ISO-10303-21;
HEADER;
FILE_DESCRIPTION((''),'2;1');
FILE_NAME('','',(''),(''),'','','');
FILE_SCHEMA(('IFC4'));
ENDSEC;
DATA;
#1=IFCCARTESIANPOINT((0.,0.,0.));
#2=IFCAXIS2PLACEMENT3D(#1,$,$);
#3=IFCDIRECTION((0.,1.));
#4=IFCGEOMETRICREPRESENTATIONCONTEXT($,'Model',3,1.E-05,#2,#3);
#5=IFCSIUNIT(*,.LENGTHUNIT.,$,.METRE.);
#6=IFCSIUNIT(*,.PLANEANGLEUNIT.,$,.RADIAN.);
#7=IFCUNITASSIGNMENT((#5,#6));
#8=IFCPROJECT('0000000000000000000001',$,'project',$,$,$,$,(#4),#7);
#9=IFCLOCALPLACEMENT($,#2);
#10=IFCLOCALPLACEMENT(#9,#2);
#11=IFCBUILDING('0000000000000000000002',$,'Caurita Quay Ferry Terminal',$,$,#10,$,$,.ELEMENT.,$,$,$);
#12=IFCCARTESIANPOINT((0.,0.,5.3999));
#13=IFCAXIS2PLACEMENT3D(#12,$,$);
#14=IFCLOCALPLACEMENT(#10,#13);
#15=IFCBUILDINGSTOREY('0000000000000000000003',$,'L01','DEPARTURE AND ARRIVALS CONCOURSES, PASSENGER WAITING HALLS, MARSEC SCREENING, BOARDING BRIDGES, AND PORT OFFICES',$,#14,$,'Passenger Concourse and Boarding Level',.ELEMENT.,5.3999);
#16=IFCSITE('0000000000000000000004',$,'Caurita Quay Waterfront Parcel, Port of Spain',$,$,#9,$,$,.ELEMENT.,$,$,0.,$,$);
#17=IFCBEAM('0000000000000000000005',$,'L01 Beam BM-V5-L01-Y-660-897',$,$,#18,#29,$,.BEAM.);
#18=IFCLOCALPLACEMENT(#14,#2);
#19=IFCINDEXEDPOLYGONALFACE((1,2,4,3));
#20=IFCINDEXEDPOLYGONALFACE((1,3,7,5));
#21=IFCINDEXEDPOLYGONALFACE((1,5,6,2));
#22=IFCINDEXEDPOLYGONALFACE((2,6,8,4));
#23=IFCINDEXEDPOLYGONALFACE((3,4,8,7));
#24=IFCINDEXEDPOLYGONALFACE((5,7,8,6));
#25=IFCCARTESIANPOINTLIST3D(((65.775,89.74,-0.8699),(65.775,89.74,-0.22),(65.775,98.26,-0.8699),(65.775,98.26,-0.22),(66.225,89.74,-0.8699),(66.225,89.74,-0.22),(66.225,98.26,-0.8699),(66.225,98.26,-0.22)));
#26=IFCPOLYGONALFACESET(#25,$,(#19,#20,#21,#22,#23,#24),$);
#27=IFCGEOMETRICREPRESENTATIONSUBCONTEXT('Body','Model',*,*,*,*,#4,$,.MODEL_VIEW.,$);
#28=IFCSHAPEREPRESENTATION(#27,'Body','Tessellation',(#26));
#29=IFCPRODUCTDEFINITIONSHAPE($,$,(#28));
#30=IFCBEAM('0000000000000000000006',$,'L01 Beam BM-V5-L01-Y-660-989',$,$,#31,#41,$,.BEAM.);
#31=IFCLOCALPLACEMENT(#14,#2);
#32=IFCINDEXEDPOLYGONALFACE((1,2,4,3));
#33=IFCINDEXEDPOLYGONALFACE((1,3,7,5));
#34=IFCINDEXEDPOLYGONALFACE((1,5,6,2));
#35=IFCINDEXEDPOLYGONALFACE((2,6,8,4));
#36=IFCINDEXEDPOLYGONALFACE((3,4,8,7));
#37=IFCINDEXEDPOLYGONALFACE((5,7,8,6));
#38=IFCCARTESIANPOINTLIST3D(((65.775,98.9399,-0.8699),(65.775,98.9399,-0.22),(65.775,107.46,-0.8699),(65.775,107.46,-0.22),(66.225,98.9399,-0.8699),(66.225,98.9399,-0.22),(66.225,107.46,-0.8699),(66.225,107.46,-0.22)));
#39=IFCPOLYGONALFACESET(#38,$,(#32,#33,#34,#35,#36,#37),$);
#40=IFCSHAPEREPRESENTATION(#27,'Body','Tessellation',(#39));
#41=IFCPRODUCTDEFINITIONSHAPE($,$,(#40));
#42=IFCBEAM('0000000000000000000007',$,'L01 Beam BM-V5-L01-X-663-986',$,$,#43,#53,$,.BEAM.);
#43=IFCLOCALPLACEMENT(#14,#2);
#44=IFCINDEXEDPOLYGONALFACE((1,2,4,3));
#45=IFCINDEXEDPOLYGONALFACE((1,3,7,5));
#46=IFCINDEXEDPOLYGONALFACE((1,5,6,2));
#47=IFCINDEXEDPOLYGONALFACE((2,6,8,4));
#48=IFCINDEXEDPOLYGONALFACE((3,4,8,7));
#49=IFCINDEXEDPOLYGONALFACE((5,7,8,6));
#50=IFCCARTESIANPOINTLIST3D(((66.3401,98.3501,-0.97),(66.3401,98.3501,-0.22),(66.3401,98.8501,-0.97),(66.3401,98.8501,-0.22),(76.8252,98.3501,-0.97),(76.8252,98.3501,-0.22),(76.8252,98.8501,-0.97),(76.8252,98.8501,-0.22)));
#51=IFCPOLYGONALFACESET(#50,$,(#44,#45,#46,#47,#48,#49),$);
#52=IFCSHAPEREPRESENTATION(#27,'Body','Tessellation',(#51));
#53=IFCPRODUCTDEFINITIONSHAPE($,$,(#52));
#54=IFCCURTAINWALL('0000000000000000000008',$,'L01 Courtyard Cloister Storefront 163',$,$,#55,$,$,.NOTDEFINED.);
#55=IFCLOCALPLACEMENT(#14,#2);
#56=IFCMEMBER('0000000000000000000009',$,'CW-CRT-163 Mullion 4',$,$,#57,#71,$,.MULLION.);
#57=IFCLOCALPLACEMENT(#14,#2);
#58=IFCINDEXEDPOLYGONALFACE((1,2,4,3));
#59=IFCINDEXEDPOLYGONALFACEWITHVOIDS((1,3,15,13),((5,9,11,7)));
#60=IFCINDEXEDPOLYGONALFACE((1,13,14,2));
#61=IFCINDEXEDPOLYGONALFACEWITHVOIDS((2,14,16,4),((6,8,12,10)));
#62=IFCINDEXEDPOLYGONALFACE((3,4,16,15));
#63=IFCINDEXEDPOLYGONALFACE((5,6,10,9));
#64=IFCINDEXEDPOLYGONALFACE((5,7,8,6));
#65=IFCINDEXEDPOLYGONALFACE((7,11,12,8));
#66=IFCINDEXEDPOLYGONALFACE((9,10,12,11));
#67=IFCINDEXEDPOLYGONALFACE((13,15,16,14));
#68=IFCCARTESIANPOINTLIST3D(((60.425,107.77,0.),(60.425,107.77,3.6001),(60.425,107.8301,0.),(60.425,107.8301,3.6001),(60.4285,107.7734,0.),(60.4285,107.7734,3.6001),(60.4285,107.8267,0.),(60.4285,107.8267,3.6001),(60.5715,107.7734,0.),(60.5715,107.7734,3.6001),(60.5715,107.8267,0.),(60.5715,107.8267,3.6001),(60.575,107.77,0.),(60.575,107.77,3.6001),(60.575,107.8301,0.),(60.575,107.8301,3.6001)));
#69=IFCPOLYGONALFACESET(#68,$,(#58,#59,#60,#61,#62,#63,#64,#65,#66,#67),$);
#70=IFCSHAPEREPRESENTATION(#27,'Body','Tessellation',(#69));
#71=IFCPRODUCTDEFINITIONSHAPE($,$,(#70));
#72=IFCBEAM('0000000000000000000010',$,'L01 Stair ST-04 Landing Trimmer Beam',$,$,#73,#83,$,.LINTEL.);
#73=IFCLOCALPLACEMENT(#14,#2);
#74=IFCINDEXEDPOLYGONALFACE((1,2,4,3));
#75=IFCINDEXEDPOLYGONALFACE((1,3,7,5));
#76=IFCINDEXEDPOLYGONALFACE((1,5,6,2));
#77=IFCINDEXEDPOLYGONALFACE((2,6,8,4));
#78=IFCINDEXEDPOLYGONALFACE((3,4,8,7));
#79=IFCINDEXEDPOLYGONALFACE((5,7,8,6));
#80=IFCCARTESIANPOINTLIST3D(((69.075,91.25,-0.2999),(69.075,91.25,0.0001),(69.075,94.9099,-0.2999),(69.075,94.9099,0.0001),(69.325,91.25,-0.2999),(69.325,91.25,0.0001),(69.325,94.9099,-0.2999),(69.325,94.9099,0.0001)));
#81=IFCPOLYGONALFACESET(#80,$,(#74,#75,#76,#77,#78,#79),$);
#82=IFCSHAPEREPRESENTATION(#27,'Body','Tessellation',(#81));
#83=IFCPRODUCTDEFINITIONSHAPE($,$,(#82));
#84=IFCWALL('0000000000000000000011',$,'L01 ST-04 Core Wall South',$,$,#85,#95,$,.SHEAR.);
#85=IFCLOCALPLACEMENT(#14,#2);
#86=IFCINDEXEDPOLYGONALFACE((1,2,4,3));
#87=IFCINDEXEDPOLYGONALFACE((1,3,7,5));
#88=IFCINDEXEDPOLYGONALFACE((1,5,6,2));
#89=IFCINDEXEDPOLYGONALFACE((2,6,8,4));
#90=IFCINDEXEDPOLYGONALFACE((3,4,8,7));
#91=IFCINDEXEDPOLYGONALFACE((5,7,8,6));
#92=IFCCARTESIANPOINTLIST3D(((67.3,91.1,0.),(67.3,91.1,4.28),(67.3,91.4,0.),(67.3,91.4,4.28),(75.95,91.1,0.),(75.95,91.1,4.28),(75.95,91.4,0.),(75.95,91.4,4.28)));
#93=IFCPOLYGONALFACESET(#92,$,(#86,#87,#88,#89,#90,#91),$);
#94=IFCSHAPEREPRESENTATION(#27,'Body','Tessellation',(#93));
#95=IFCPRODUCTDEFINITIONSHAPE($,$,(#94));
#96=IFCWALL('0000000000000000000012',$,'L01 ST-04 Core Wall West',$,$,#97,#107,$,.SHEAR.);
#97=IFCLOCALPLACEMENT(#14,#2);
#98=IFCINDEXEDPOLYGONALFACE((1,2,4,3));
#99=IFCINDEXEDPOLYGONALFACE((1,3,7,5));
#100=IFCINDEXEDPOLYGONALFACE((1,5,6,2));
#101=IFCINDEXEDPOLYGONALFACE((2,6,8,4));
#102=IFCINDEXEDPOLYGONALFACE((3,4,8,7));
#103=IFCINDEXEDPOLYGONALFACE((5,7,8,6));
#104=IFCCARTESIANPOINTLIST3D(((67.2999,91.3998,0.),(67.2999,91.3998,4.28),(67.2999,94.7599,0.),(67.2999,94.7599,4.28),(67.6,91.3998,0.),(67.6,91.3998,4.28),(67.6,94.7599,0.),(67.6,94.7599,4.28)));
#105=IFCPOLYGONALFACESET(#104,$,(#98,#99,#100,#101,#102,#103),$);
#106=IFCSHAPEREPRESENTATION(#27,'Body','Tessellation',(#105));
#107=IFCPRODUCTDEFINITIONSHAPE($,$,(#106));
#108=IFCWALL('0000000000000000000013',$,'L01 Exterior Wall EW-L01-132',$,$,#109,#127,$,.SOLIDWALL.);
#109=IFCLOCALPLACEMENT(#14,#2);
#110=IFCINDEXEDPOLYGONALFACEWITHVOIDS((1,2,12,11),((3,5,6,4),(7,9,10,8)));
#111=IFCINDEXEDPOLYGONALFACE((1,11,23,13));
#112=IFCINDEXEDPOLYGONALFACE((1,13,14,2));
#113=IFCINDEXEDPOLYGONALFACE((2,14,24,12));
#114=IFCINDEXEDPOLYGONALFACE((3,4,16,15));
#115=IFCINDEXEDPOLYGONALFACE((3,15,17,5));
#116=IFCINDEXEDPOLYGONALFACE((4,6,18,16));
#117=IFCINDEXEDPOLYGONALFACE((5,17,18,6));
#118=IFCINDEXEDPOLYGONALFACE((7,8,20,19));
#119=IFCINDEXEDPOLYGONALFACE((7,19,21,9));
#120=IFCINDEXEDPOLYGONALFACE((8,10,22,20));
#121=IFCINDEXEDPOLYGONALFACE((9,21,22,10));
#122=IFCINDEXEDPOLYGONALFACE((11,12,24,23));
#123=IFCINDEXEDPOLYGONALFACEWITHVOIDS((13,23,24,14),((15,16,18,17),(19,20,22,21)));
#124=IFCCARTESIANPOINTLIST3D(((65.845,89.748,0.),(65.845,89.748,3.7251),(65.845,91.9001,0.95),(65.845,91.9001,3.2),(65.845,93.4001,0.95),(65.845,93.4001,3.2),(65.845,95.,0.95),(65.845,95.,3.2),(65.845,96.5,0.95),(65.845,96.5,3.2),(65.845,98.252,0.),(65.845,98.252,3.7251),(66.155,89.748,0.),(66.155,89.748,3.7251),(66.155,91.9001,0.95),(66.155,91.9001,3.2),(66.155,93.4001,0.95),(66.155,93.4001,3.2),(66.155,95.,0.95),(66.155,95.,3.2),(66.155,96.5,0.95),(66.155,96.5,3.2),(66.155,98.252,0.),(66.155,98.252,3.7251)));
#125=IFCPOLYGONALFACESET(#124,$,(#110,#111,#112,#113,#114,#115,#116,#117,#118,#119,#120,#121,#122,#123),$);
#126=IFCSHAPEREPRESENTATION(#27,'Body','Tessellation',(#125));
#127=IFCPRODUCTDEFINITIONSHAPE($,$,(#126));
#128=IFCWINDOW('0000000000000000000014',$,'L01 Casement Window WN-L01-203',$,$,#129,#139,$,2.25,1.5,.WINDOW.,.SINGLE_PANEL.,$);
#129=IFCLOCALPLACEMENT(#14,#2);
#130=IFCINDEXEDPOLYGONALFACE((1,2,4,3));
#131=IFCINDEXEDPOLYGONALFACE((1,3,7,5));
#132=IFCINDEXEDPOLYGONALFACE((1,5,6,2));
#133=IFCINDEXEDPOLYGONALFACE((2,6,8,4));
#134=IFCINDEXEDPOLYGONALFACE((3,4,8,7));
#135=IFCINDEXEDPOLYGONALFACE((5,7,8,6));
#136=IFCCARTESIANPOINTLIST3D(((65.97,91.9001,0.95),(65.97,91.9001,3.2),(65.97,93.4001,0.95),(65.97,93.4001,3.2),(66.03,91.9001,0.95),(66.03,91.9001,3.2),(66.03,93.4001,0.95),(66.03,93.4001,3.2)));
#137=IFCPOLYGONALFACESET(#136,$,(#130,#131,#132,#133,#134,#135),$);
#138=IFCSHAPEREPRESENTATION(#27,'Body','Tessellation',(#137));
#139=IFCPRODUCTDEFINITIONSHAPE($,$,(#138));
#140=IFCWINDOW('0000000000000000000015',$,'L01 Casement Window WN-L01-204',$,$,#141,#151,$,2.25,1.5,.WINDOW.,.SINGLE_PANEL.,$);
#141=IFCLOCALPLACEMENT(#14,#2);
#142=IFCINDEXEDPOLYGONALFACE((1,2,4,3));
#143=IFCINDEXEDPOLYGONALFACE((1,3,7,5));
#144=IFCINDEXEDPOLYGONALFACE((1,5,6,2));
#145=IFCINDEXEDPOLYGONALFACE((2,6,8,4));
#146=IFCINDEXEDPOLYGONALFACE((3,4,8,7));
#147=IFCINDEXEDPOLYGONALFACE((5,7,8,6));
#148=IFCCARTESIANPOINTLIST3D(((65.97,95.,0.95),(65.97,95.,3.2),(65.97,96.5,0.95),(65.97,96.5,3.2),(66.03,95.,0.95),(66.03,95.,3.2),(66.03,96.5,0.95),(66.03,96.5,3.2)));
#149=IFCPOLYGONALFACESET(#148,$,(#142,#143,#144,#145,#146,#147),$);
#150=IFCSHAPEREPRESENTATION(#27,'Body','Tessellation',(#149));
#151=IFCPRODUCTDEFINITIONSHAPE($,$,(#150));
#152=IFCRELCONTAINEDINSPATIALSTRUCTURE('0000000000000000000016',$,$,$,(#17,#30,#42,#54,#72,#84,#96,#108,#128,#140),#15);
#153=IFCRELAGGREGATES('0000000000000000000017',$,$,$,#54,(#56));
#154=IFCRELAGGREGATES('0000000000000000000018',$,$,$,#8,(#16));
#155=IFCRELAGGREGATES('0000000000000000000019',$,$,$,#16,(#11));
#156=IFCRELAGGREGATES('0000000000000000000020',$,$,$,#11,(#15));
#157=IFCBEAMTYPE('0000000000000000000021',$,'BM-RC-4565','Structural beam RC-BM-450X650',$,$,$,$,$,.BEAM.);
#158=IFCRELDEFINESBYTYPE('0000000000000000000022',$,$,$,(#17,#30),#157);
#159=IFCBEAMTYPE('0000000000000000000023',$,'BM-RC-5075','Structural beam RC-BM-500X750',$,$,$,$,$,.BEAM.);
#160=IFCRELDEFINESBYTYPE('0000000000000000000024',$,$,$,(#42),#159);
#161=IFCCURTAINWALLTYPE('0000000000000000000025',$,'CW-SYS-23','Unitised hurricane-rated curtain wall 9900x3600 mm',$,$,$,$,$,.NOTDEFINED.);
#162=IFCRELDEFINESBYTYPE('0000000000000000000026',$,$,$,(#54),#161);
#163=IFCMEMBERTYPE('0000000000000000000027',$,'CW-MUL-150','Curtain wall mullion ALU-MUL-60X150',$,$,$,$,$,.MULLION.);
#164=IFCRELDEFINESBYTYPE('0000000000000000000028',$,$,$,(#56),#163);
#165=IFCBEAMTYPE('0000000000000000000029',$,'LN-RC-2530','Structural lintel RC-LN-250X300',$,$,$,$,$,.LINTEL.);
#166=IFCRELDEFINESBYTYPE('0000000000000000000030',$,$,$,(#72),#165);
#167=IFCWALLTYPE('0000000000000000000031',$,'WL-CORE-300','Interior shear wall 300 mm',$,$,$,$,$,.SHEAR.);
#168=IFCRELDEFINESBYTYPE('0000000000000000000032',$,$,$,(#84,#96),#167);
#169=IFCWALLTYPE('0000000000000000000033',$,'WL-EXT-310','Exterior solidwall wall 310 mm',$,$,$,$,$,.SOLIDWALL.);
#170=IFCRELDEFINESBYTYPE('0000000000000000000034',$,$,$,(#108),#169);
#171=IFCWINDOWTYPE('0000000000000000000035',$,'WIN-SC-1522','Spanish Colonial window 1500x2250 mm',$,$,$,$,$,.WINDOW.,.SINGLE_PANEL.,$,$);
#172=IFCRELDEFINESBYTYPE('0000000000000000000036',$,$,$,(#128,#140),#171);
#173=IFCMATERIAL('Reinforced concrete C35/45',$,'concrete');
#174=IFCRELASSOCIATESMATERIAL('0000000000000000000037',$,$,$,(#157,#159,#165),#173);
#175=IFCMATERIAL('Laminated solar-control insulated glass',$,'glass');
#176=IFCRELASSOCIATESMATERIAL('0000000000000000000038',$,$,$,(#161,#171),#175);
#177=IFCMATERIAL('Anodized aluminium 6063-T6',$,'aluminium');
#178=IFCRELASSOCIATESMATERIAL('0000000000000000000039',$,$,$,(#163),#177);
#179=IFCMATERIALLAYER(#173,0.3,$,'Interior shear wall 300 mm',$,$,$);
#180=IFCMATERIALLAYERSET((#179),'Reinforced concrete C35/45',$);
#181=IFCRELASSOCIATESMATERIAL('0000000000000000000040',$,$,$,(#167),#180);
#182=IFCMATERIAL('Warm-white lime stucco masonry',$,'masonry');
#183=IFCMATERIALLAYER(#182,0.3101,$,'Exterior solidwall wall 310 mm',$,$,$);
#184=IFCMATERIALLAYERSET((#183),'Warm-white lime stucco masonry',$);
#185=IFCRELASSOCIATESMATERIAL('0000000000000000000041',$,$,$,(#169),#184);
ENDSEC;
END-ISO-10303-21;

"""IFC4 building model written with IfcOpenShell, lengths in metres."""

from ifc_helpers import new_model, si_unit, direction, frame, frame_2d, origin, origin_2d, place, context, subcontext, project, spatial, rectangle, hollow_rectangle, extrude, material, layer, layer_set, material_profile, profile_set, type_object, element, fill, aggregate, save


model = new_model("IFC4")

# Units and contexts
model_context = context("Model", 3, precision=1e-05, world=origin(), true_north=direction((0.0, 1.0)))
body_context = subcontext(model_context, "Body", "Model", "MODEL_VIEW")
ifc_project = project(units=[si_unit("LENGTHUNIT", "METRE"), si_unit("PLANEANGLEUNIT", "RADIAN")], contexts=[model_context])

# Site, building, storey
site_placement = place(None, origin())
site = spatial("IfcSite", under=ifc_project, at=site_placement, Name="Caurita Quay Waterfront Parcel, Port of Spain", CompositionType="ELEMENT", RefElevation=0.0)
building_placement = place(site_placement, origin())
building = spatial("IfcBuilding", under=site, at=building_placement, Name="Caurita Quay Ferry Terminal", CompositionType="ELEMENT")
storey_placement = place(building_placement, frame((0.0, 0.0, 5.3999)))
storey = spatial("IfcBuildingStorey", under=building, at=storey_placement, Name="L01", Description="DEPARTURE AND ARRIVALS CONCOURSES, PASSENGER WAITING HALLS, MARSEC SCREENING, BOARDING BRIDGES, AND PORT OFFICES", LongName="Passenger Concourse and Boarding Level", CompositionType="ELEMENT", Elevation=5.3999)

# Shared definitions
ifc_material_1 = material(Name="Reinforced concrete C35/45", Category="concrete")

# Beams
ifc_material_profile_1 = material_profile(ifc_material_1, rectangle(XDim=0.45, YDim=0.6499, at=origin_2d()), Name="RC-BM-450X650")
ifc_profile_set_1 = profile_set([ifc_material_profile_1], Name="Reinforced concrete C35/45")
beam_type_1 = type_object("IfcBeamType", Name="BM-RC-4565", Description="Structural beam RC-BM-450X650", PredefinedType="BEAM", material=ifc_profile_set_1)
for number, where, z_axis, x_axis, name in (
    (1, (66.0, 89.74, -0.5449), (0.0, 1.0, 0.0), (-1.0, 0.0, 0.0), "L01 Beam BM-V5-L01-Y-660-897"),
    (2, (66.0, 98.9399, -0.5449), (0.0, 1.0, 0.0), (-1.0, 0.0, 0.0), "L01 Beam BM-V5-L01-Y-660-989"),
):
    element("IfcBeam", number, at=place(storey_placement, frame(where, z_axis=z_axis, x_axis=x_axis)), inside=storey, type_object=beam_type_1, Name=name, PredefinedType="BEAM", context=body_context, shape_type="SweptSolid", body=[
        extrude(rectangle(XDim=0.45, YDim=0.6499, at=origin_2d()), origin(), (0.0, 0.0, 1.0), 8.52),
    ])
ifc_material_profile_2 = material_profile(ifc_material_1, rectangle(XDim=0.5, YDim=0.75, at=origin_2d()), Name="RC-BM-500X750")
ifc_profile_set_2 = profile_set([ifc_material_profile_2], Name="Reinforced concrete C35/45")
beam_type_2 = type_object("IfcBeamType", Name="BM-RC-5075", Description="Structural beam RC-BM-500X750", PredefinedType="BEAM", material=ifc_profile_set_2)
beam_1_placement = place(storey_placement, frame((66.3401, 98.6001, -0.595), z_axis=(1.0, 0.0, 0.0), x_axis=(0.0, 1.0, 0.0)))
element("IfcBeam", 3, at=beam_1_placement, inside=storey, type_object=beam_type_2, Name="L01 Beam BM-V5-L01-X-663-986", PredefinedType="BEAM", context=body_context, shape_type="SweptSolid", body=[
    extrude(rectangle(XDim=0.5, YDim=0.75, at=origin_2d()), origin(), (0.0, 0.0, 1.0), 10.4851),
])

# Curtain wall, member
ifc_material_2 = material(Name="Laminated solar-control insulated glass", Category="glass")
curtain_wall_type = type_object("IfcCurtainWallType", Name="CW-SYS-23", Description="Unitised hurricane-rated curtain wall 9900x3600 mm", PredefinedType="NOTDEFINED", material=ifc_material_2)
curtain_wall_placement = place(storey_placement, origin())
curtain_wall = element("IfcCurtainWall", 4, at=curtain_wall_placement, inside=storey, type_object=curtain_wall_type, Name="L01 Courtyard Cloister Storefront 163", PredefinedType="NOTDEFINED")
ifc_material_3 = material(Name="Anodized aluminium 6063-T6", Category="aluminium")
ifc_material_profile_3 = material_profile(ifc_material_3, hollow_rectangle(XDim=0.0601, YDim=0.1499, WallThickness=0.0034, at=origin_2d()), Name="ALU-MUL-60X150")
ifc_profile_set_3 = profile_set([ifc_material_profile_3], Name="Anodized aluminium 6063-T6")
member_type = type_object("IfcMemberType", Name="CW-MUL-150", Description="Curtain wall mullion ALU-MUL-60X150", PredefinedType="MULLION", material=ifc_profile_set_3)
member_placement = place(storey_placement, frame((60.5, 107.8, 0.0), z_axis=(0.0, 0.0, 1.0), x_axis=(0.0, 1.0, 0.0)))
member = element("IfcMember", 5, at=member_placement, type_object=member_type, Name="CW-CRT-163 Mullion 4", PredefinedType="MULLION", context=body_context, shape_type="SweptSolid", body=[
    extrude(hollow_rectangle(XDim=0.0601, YDim=0.1499, WallThickness=0.0034, at=origin_2d()), origin(), (0.0, 0.0, 1.0), 3.6001),
])
aggregate(curtain_wall, [member])

# Beam
ifc_material_profile_4 = material_profile(ifc_material_1, rectangle(XDim=0.25, YDim=0.3, at=origin_2d()), Name="RC-LN-250X300")
ifc_profile_set_4 = profile_set([ifc_material_profile_4], Name="Reinforced concrete C35/45")
beam_type_3 = type_object("IfcBeamType", Name="LN-RC-2530", Description="Structural lintel RC-LN-250X300", PredefinedType="LINTEL", material=ifc_profile_set_4)
beam_2_placement = place(storey_placement, frame((69.2, 91.25, -0.1499), z_axis=(0.0, 1.0, 0.0), x_axis=(-1.0, 0.0, 0.0)))
element("IfcBeam", 6, at=beam_2_placement, inside=storey, type_object=beam_type_3, Name="L01 Stair ST-04 Landing Trimmer Beam", PredefinedType="LINTEL", context=body_context, shape_type="SweptSolid", body=[
    extrude(rectangle(XDim=0.25, YDim=0.3, at=origin_2d()), origin(), (0.0, 0.0, 1.0), 3.6599),
])

# Walls
ifc_layer_1 = layer(ifc_material_1, 0.3, Name="Interior shear wall 300 mm")
ifc_layer_set_1 = layer_set([ifc_layer_1], Name="Reinforced concrete C35/45")
wall_type_1 = type_object("IfcWallType", Name="WL-CORE-300", Description="Interior shear wall 300 mm", PredefinedType="SHEAR", material=ifc_layer_set_1)
wall_1_placement = place(storey_placement, frame((67.3, 91.25, 0.0), z_axis=(0.0, 0.0, 1.0), x_axis=(1.0, 0.0, 0.0)))
element("IfcWall", 7, at=wall_1_placement, inside=storey, type_object=wall_type_1, Name="L01 ST-04 Core Wall South", PredefinedType="SHEAR", context=body_context, shape_type="SweptSolid", body=[
    extrude(rectangle(XDim=8.6499, YDim=0.3, at=frame_2d((4.325, 0.0))), origin(), (0.0, 0.0, 1.0), 4.28),
])
wall_2_placement = place(storey_placement, frame((67.45, 94.76, 0.0), z_axis=(0.0, 0.0, 1.0), x_axis=(0.0, -1.0, 0.0)))
element("IfcWall", 8, at=wall_2_placement, inside=storey, type_object=wall_type_1, Name="L01 ST-04 Core Wall West", PredefinedType="SHEAR", context=body_context, shape_type="SweptSolid", body=[
    extrude(rectangle(XDim=3.3601, YDim=0.3, at=frame_2d((1.6802, 0.0))), origin(), (0.0, 0.0, 1.0), 4.28),
])

# Wall, openings, windows
ifc_material_4 = material(Name="Warm-white lime stucco masonry", Category="masonry")
ifc_layer_2 = layer(ifc_material_4, 0.3101, Name="Exterior solidwall wall 310 mm")
ifc_layer_set_2 = layer_set([ifc_layer_2], Name="Warm-white lime stucco masonry")
wall_type_2 = type_object("IfcWallType", Name="WL-EXT-310", Description="Exterior solidwall wall 310 mm", PredefinedType="SOLIDWALL", material=ifc_layer_set_2)
wall_3_placement = place(storey_placement, frame((66.0, 89.748, 0.0), z_axis=(0.0, 0.0, 1.0), x_axis=(0.0, 1.0, 0.0)))
wall_3 = element("IfcWall", 9, at=wall_3_placement, inside=storey, type_object=wall_type_2, Name="L01 Exterior Wall EW-L01-132", PredefinedType="SOLIDWALL", context=body_context, shape_type="SweptSolid", body=[
    extrude(rectangle(XDim=8.5039, YDim=0.3101, at=frame_2d((4.252, 0.0))), origin(), (0.0, 0.0, 1.0), 3.7251),
])
opening_1_placement = place(wall_3_placement, frame((2.1521, 0.0, 0.95)))
opening_1 = element("IfcOpeningElement", 10, at=opening_1_placement, cuts=wall_3, PredefinedType="OPENING", context=body_context, shape_type="SweptSolid", body=[
    extrude(rectangle(XDim=1.5, YDim=2.25, at=frame_2d((0.75, 1.125))), frame((0.0, 0.165, 0.0), z_axis=(0.0, -1.0, 0.0), x_axis=(1.0, 0.0, 0.0)), (0.0, 0.0, 1.0), 0.3301),
])
opening_2_placement = place(wall_3_placement, frame((5.252, 0.0, 0.95)))
opening_2 = element("IfcOpeningElement", 11, at=opening_2_placement, cuts=wall_3, PredefinedType="OPENING", context=body_context, shape_type="SweptSolid", body=[
    extrude(rectangle(XDim=1.5, YDim=2.25, at=frame_2d((0.75, 1.125))), frame((0.0, 0.165, 0.0), z_axis=(0.0, -1.0, 0.0), x_axis=(1.0, 0.0, 0.0)), (0.0, 0.0, 1.0), 0.3301),
])
window_type = type_object("IfcWindowType", Name="WIN-SC-1522", Description="Spanish Colonial window 1500x2250 mm", PartitioningType="SINGLE_PANEL", PredefinedType="WINDOW", material=ifc_material_2)
window_1_placement = place(opening_1_placement, origin())
window_1 = element("IfcWindow", 12, at=window_1_placement, inside=storey, type_object=window_type, Name="L01 Casement Window WN-L01-203", OverallHeight=2.25, OverallWidth=1.5, PartitioningType="SINGLE_PANEL", PredefinedType="WINDOW", context=body_context, shape_type="SweptSolid", body=[
    extrude(rectangle(XDim=1.5, YDim=2.25, at=frame_2d((0.75, 1.125))), frame((0.0, 0.03, 0.0), z_axis=(0.0, -1.0, 0.0), x_axis=(1.0, 0.0, 0.0)), (0.0, 0.0, 1.0), 0.0601),
])
fill(opening_1, window_1)
window_2_placement = place(opening_2_placement, origin())
window_2 = element("IfcWindow", 13, at=window_2_placement, inside=storey, type_object=window_type, Name="L01 Casement Window WN-L01-204", OverallHeight=2.25, OverallWidth=1.5, PartitioningType="SINGLE_PANEL", PredefinedType="WINDOW", context=body_context, shape_type="SweptSolid", body=[
    extrude(rectangle(XDim=1.5, YDim=2.25, at=frame_2d((0.75, 1.125))), frame((0.0, 0.03, 0.0), z_axis=(0.0, -1.0, 0.0), x_axis=(1.0, 0.0, 0.0)), (0.0, 0.0, 1.0), 0.0601),
])
fill(opening_2, window_2)

save(model, "model.ifc")
